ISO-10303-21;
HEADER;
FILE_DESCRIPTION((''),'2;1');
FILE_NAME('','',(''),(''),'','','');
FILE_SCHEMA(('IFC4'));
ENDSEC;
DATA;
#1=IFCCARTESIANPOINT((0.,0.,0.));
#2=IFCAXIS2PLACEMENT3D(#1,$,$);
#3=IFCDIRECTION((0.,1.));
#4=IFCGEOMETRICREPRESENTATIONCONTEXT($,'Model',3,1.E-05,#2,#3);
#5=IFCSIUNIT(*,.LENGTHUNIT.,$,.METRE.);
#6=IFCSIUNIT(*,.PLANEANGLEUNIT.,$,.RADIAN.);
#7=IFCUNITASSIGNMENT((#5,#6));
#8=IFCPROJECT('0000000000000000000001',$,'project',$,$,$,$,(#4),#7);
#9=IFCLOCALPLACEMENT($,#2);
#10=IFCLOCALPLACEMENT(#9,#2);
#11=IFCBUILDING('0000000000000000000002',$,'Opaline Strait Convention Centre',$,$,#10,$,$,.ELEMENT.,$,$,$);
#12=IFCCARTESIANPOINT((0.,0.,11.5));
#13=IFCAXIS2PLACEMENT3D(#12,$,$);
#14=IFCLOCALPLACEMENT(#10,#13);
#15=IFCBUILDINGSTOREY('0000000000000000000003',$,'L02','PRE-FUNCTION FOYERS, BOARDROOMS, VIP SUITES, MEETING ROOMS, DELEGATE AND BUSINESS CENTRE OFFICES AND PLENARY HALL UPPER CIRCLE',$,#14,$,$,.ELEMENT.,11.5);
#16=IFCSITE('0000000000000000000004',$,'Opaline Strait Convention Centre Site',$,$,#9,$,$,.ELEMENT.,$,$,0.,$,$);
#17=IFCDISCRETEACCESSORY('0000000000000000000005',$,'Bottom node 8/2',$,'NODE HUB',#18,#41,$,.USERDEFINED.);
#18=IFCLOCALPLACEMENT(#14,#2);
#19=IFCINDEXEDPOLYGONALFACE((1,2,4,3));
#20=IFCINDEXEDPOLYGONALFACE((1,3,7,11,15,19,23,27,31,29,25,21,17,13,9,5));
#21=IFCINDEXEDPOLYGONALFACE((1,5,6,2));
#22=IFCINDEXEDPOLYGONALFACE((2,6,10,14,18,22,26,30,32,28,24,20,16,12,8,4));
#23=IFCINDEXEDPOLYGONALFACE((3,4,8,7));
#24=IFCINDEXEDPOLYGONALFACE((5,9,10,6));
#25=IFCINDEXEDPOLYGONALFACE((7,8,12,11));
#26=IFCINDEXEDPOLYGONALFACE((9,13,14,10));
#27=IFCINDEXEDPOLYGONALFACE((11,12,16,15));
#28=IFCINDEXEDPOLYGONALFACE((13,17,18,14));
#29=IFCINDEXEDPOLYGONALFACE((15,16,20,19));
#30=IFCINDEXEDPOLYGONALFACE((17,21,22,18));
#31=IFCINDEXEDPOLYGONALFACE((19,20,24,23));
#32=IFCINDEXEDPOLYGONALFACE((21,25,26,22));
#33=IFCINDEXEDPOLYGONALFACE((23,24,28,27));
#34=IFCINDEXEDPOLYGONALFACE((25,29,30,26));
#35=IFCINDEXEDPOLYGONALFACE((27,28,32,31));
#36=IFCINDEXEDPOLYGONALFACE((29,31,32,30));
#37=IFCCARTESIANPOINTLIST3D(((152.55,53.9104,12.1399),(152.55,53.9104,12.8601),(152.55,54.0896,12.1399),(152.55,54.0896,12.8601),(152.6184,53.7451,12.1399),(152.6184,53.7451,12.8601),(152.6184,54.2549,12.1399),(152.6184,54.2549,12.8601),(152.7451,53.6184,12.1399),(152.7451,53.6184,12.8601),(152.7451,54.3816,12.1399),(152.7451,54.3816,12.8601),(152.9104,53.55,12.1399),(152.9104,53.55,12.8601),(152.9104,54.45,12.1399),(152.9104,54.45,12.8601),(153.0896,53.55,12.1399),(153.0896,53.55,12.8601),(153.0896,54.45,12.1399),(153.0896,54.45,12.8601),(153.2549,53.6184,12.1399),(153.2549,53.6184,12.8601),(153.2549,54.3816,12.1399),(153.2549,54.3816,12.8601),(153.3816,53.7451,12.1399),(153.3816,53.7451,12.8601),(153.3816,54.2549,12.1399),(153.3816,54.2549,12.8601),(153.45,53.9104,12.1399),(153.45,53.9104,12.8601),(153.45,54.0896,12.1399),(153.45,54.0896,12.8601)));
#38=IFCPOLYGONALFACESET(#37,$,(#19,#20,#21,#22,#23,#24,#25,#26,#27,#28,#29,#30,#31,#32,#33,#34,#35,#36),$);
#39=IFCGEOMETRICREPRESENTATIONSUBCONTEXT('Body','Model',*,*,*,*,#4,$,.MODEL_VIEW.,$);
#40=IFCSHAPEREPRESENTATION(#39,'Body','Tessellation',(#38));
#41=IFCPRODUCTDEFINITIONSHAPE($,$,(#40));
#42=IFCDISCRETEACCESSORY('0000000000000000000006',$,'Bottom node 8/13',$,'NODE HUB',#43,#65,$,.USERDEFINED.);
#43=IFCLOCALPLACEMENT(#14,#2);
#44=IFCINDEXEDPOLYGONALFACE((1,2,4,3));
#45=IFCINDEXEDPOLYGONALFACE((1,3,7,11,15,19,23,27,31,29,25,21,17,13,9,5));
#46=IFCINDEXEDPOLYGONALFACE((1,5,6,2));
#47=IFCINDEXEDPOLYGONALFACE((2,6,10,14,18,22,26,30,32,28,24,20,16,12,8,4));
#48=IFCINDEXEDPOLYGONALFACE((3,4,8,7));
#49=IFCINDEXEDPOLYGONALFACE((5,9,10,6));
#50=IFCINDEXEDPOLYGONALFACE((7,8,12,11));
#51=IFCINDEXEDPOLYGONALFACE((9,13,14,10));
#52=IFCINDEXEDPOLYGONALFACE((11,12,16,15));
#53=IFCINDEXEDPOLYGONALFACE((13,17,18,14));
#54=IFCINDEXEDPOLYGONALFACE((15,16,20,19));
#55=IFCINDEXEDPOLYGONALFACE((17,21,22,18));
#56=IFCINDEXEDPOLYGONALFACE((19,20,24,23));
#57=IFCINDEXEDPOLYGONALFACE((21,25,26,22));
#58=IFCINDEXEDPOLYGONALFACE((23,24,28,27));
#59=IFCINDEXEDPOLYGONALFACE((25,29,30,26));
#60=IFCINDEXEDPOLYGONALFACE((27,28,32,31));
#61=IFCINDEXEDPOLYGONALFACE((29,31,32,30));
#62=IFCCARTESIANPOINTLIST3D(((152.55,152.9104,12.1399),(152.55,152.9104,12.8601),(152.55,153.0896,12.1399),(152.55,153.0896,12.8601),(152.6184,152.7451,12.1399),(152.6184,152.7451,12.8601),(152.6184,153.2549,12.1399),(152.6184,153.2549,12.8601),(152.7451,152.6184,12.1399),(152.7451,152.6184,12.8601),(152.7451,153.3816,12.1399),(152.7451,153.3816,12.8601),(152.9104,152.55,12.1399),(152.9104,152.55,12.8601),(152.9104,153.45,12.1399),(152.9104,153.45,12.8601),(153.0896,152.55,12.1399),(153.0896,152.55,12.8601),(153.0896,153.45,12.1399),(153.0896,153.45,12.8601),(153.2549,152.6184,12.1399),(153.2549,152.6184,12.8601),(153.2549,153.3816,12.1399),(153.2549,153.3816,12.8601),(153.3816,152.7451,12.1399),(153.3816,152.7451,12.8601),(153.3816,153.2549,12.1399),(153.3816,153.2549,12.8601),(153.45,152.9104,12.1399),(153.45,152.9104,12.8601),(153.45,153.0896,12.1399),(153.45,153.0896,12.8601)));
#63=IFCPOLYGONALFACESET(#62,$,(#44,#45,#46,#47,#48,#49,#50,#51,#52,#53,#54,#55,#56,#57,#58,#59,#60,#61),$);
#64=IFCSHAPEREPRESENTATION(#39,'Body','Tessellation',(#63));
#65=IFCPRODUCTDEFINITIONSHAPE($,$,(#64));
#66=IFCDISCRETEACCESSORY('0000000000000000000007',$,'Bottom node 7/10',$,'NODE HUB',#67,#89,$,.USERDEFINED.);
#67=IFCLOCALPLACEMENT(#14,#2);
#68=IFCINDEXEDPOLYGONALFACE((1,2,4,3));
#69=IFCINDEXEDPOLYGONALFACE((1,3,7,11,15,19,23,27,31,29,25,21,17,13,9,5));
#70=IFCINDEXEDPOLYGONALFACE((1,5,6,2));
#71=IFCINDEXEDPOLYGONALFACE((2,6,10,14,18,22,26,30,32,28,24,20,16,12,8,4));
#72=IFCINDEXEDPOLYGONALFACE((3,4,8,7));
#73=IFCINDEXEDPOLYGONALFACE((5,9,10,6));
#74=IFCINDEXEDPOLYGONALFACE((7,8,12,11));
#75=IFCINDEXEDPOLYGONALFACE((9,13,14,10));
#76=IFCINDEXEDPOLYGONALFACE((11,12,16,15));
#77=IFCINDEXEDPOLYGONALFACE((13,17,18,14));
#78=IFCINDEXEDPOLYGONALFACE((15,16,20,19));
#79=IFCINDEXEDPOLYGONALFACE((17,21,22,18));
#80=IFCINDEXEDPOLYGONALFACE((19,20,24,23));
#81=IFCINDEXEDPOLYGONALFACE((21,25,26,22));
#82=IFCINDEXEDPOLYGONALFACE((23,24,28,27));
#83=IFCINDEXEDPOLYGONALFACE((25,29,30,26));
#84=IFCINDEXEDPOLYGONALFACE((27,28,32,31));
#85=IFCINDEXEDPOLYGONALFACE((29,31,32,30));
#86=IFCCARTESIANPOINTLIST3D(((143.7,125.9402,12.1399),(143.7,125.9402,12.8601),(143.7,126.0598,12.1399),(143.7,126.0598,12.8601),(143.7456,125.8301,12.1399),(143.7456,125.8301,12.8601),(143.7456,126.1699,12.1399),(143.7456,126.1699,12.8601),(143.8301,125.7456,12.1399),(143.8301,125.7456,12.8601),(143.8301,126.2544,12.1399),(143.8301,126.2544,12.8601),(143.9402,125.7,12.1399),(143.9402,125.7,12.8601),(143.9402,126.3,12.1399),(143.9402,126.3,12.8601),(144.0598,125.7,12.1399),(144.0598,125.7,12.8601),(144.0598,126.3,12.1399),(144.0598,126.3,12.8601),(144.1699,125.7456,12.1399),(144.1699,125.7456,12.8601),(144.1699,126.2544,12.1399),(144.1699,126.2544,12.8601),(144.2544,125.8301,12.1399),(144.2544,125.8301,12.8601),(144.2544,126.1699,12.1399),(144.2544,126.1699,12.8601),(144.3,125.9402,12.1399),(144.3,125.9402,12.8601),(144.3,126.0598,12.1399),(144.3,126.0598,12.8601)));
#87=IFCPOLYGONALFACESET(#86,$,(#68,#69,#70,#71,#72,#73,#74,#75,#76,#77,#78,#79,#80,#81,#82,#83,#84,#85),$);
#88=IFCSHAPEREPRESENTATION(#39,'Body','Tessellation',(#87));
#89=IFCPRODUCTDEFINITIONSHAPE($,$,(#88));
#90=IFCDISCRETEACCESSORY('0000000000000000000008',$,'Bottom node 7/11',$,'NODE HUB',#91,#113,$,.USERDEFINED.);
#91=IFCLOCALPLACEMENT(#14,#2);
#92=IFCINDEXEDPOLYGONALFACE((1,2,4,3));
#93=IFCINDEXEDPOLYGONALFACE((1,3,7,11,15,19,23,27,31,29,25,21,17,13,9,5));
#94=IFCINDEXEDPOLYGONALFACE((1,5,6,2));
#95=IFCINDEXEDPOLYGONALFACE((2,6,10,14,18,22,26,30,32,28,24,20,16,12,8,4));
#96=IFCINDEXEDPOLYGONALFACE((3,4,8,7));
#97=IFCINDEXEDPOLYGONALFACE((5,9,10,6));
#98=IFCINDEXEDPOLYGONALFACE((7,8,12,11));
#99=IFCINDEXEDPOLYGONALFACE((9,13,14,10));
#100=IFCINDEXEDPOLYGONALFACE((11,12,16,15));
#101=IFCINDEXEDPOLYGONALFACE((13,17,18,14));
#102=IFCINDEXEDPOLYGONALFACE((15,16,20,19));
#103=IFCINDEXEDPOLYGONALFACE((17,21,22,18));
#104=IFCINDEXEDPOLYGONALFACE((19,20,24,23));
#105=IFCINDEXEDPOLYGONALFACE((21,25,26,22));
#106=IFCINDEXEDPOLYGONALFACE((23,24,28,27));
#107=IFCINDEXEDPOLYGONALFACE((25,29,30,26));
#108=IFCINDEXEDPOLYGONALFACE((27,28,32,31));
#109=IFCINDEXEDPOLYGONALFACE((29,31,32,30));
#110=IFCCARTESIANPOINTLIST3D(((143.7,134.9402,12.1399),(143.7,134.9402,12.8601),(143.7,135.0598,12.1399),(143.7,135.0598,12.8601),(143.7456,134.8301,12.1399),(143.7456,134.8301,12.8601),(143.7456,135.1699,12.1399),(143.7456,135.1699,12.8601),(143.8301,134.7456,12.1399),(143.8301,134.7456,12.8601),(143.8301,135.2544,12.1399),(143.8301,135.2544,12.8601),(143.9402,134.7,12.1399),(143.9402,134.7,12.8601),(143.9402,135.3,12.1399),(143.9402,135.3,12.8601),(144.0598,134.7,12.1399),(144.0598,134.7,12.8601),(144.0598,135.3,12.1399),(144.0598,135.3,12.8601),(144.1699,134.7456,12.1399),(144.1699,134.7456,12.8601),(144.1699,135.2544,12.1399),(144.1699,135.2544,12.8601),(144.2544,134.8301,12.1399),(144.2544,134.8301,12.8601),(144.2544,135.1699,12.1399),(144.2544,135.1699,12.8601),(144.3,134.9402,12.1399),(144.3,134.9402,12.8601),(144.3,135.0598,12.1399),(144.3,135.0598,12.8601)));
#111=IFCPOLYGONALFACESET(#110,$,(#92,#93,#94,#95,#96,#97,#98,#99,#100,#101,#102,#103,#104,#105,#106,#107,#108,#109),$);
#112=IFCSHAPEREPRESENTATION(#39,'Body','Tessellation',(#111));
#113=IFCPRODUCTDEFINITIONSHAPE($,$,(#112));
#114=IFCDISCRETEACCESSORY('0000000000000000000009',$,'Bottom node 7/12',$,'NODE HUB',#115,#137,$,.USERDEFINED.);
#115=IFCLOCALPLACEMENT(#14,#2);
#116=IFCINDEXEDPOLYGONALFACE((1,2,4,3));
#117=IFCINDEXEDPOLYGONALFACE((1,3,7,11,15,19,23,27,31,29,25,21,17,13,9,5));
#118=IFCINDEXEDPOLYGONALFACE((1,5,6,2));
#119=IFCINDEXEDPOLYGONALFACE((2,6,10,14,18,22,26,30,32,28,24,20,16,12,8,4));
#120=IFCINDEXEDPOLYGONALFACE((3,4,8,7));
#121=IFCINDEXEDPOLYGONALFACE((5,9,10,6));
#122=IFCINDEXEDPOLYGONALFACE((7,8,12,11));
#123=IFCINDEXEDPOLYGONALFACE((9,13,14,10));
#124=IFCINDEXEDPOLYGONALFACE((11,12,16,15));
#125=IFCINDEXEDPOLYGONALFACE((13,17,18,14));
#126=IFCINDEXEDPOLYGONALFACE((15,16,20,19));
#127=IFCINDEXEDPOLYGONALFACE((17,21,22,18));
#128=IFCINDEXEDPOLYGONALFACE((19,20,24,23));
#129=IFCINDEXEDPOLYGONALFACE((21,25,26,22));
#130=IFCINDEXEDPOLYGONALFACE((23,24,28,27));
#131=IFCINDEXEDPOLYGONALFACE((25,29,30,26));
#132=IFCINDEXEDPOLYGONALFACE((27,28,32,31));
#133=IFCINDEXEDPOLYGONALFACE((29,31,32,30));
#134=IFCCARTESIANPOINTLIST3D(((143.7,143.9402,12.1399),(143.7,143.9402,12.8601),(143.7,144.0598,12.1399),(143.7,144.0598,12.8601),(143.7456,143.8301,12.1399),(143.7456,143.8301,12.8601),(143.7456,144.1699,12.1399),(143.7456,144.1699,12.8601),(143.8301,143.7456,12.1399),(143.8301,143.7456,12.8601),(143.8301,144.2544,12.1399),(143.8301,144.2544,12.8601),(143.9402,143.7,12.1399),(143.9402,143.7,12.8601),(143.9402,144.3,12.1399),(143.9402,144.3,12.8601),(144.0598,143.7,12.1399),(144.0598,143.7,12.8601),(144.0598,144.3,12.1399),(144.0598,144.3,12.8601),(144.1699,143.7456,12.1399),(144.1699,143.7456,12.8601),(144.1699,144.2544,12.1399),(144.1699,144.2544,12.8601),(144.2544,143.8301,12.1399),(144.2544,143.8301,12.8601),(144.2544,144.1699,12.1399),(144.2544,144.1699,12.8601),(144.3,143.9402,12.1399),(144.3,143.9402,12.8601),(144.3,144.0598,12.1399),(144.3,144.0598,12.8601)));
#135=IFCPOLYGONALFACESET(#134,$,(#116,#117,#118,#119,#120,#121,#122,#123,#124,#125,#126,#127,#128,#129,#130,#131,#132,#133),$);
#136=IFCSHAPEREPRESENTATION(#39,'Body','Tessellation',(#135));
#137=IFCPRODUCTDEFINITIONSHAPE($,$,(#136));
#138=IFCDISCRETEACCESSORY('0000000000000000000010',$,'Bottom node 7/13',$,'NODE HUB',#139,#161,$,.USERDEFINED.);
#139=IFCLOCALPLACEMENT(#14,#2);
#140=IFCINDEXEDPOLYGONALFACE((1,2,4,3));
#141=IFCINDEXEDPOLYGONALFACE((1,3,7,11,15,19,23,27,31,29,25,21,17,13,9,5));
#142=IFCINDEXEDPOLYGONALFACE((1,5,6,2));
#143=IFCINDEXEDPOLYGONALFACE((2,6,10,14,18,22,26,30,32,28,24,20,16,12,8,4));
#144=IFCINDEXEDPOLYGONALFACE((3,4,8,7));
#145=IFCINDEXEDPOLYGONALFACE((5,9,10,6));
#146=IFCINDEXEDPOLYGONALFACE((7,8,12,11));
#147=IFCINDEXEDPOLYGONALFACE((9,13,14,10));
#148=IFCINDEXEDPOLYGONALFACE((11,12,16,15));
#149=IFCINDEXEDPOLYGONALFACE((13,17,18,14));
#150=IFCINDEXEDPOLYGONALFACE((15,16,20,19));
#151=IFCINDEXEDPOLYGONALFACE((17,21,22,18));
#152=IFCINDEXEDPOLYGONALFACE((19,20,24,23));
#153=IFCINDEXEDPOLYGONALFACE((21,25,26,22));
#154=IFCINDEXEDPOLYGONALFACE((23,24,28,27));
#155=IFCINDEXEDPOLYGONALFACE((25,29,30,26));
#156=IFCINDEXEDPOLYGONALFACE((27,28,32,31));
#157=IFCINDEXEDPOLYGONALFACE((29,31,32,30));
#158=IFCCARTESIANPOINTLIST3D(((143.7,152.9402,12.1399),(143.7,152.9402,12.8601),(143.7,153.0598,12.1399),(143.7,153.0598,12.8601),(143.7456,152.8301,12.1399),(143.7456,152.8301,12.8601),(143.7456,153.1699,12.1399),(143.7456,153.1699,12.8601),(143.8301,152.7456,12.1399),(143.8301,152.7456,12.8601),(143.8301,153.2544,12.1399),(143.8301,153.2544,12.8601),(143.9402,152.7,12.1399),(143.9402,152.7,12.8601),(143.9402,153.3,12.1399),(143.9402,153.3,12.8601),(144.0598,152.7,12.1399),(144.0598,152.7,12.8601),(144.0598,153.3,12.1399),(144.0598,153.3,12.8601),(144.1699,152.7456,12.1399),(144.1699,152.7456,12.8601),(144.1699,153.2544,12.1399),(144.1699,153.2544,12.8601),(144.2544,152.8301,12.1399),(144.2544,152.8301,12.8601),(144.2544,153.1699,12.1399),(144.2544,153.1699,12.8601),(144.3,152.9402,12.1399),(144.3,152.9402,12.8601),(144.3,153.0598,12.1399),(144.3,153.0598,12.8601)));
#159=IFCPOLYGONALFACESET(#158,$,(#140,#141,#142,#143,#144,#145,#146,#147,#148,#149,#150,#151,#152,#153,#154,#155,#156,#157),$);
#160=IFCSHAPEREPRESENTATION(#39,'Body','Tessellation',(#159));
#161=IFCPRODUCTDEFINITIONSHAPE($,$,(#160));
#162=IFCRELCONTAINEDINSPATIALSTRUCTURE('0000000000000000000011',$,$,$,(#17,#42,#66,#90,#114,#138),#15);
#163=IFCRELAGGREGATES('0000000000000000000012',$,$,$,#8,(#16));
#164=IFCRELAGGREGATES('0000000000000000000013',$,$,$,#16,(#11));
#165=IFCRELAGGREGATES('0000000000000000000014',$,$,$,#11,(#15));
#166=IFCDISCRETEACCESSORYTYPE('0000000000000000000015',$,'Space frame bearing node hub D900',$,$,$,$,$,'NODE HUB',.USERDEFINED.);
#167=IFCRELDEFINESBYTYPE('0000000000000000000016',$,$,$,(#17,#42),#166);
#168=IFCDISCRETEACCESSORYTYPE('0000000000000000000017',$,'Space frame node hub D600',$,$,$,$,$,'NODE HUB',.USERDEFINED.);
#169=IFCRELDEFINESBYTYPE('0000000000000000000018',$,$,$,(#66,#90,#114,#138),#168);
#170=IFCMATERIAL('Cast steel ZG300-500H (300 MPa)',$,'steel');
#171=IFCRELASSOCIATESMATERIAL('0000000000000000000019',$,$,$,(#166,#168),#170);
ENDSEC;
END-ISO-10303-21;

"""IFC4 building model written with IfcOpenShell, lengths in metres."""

from ifc_helpers import new_model, si_unit, direction, frame, origin, place, context, subcontext, project, spatial, polyline, outline, extrude, material, type_object, element, save


model = new_model("IFC4")

# Units and contexts
model_context = context("Model", 3, precision=1e-05, world=origin(), true_north=direction((0.0, 1.0)))
body_context = subcontext(model_context, "Body", "Model", "MODEL_VIEW")
ifc_project = project(units=[si_unit("LENGTHUNIT", "METRE"), si_unit("PLANEANGLEUNIT", "RADIAN")], contexts=[model_context])

# Site, building, storey
site_placement = place(None, origin())
site = spatial("IfcSite", under=ifc_project, at=site_placement, Name="Opaline Strait Convention Centre Site", CompositionType="ELEMENT", RefElevation=0.0)
building_placement = place(site_placement, origin())
building = spatial("IfcBuilding", under=site, at=building_placement, Name="Opaline Strait Convention Centre", CompositionType="ELEMENT")
storey_placement = place(building_placement, frame((0.0, 0.0, 11.5)))
storey = spatial("IfcBuildingStorey", under=building, at=storey_placement, Name="L02", Description="PRE-FUNCTION FOYERS, BOARDROOMS, VIP SUITES, MEETING ROOMS, DELEGATE AND BUSINESS CENTRE OFFICES AND PLENARY HALL UPPER CIRCLE", CompositionType="ELEMENT", Elevation=11.5)

# Discrete accessories
ifc_material = material(Name="Cast steel ZG300-500H (300 MPa)", Category="steel")
discrete_accessory_type_1 = type_object("IfcDiscreteAccessoryType", Name="Space frame bearing node hub D900", ElementType="NODE HUB", PredefinedType="USERDEFINED", material=ifc_material)
discrete_accessory_1_placement = place(storey_placement, frame((0.0, 0.0, 12.1399)))
element("IfcDiscreteAccessory", 1, at=discrete_accessory_1_placement, inside=storey, type_object=discrete_accessory_type_1, Name="Bottom node 8/2", ObjectType="NODE HUB", PredefinedType="USERDEFINED", context=body_context, shape_type="SweptSolid", body=[
    extrude(outline(polyline([(153.45, 54.0896), (153.3816, 54.2549), (153.2549, 54.3816), (153.0896, 54.45), (152.9104, 54.45), (152.7451, 54.3816), (152.6184, 54.2549), (152.55, 54.0896), (152.55, 53.9104), (152.6184, 53.7451), (152.7451, 53.6184), (152.9104, 53.55), (153.0896, 53.55), (153.2549, 53.6184), (153.3816, 53.7451), (153.45, 53.9104), (153.45, 54.0896)])), origin(), (0.0, 0.0, 1.0), 0.7202),
])
discrete_accessory_2_placement = place(storey_placement, frame((0.0, 0.0, 12.1399)))
element("IfcDiscreteAccessory", 2, at=discrete_accessory_2_placement, inside=storey, type_object=discrete_accessory_type_1, Name="Bottom node 8/13", ObjectType="NODE HUB", PredefinedType="USERDEFINED", context=body_context, shape_type="SweptSolid", body=[
    extrude(outline(polyline([(153.45, 153.0896), (153.3816, 153.2549), (153.2549, 153.3816), (153.0896, 153.45), (152.9104, 153.45), (152.7451, 153.3816), (152.6184, 153.2549), (152.55, 153.0896), (152.55, 152.9104), (152.6184, 152.7451), (152.7451, 152.6184), (152.9104, 152.55), (153.0896, 152.55), (153.2549, 152.6184), (153.3816, 152.7451), (153.45, 152.9104), (153.45, 153.0896)])), origin(), (0.0, 0.0, 1.0), 0.7202),
])
discrete_accessory_type_2 = type_object("IfcDiscreteAccessoryType", Name="Space frame node hub D600", ElementType="NODE HUB", PredefinedType="USERDEFINED", material=ifc_material)
discrete_accessory_3_placement = place(storey_placement, frame((0.0, 0.0, 12.1399)))
element("IfcDiscreteAccessory", 3, at=discrete_accessory_3_placement, inside=storey, type_object=discrete_accessory_type_2, Name="Bottom node 7/10", ObjectType="NODE HUB", PredefinedType="USERDEFINED", context=body_context, shape_type="SweptSolid", body=[
    extrude(outline(polyline([(144.3, 126.0598), (144.2544, 126.1699), (144.1699, 126.2544), (144.0598, 126.3), (143.9402, 126.3), (143.8301, 126.2544), (143.7456, 126.1699), (143.7, 126.0598), (143.7, 125.9402), (143.7456, 125.8301), (143.8301, 125.7456), (143.9402, 125.7), (144.0598, 125.7), (144.1699, 125.7456), (144.2544, 125.8301), (144.3, 125.9402), (144.3, 126.0598)])), origin(), (0.0, 0.0, 1.0), 0.7202),
])
discrete_accessory_4_placement = place(storey_placement, frame((0.0, 0.0, 12.1399)))
element("IfcDiscreteAccessory", 4, at=discrete_accessory_4_placement, inside=storey, type_object=discrete_accessory_type_2, Name="Bottom node 7/11", ObjectType="NODE HUB", PredefinedType="USERDEFINED", context=body_context, shape_type="SweptSolid", body=[
    extrude(outline(polyline([(144.3, 135.0598), (144.2544, 135.1699), (144.1699, 135.2544), (144.0598, 135.3), (143.9402, 135.3), (143.8301, 135.2544), (143.7456, 135.1699), (143.7, 135.0598), (143.7, 134.9402), (143.7456, 134.8301), (143.8301, 134.7456), (143.9402, 134.7), (144.0598, 134.7), (144.1699, 134.7456), (144.2544, 134.8301), (144.3, 134.9402), (144.3, 135.0598)])), origin(), (0.0, 0.0, 1.0), 0.7202),
])
discrete_accessory_5_placement = place(storey_placement, frame((0.0, 0.0, 12.1399)))
element("IfcDiscreteAccessory", 5, at=discrete_accessory_5_placement, inside=storey, type_object=discrete_accessory_type_2, Name="Bottom node 7/12", ObjectType="NODE HUB", PredefinedType="USERDEFINED", context=body_context, shape_type="SweptSolid", body=[
    extrude(outline(polyline([(144.3, 144.0598), (144.2544, 144.1699), (144.1699, 144.2544), (144.0598, 144.3), (143.9402, 144.3), (143.8301, 144.2544), (143.7456, 144.1699), (143.7, 144.0598), (143.7, 143.9402), (143.7456, 143.8301), (143.8301, 143.7456), (143.9402, 143.7), (144.0598, 143.7), (144.1699, 143.7456), (144.2544, 143.8301), (144.3, 143.9402), (144.3, 144.0598)])), origin(), (0.0, 0.0, 1.0), 0.7202),
])
discrete_accessory_6_placement = place(storey_placement, frame((0.0, 0.0, 12.1399)))
element("IfcDiscreteAccessory", 6, at=discrete_accessory_6_placement, inside=storey, type_object=discrete_accessory_type_2, Name="Bottom node 7/13", ObjectType="NODE HUB", PredefinedType="USERDEFINED", context=body_context, shape_type="SweptSolid", body=[
    extrude(outline(polyline([(144.3, 153.0598), (144.2544, 153.1699), (144.1699, 153.2544), (144.0598, 153.3), (143.9402, 153.3), (143.8301, 153.2544), (143.7456, 153.1699), (143.7, 153.0598), (143.7, 152.9402), (143.7456, 152.8301), (143.8301, 152.7456), (143.9402, 152.7), (144.0598, 152.7), (144.1699, 152.7456), (144.2544, 152.8301), (144.3, 152.9402), (144.3, 153.0598)])), origin(), (0.0, 0.0, 1.0), 0.7202),
])

save(model, "model.ifc")
